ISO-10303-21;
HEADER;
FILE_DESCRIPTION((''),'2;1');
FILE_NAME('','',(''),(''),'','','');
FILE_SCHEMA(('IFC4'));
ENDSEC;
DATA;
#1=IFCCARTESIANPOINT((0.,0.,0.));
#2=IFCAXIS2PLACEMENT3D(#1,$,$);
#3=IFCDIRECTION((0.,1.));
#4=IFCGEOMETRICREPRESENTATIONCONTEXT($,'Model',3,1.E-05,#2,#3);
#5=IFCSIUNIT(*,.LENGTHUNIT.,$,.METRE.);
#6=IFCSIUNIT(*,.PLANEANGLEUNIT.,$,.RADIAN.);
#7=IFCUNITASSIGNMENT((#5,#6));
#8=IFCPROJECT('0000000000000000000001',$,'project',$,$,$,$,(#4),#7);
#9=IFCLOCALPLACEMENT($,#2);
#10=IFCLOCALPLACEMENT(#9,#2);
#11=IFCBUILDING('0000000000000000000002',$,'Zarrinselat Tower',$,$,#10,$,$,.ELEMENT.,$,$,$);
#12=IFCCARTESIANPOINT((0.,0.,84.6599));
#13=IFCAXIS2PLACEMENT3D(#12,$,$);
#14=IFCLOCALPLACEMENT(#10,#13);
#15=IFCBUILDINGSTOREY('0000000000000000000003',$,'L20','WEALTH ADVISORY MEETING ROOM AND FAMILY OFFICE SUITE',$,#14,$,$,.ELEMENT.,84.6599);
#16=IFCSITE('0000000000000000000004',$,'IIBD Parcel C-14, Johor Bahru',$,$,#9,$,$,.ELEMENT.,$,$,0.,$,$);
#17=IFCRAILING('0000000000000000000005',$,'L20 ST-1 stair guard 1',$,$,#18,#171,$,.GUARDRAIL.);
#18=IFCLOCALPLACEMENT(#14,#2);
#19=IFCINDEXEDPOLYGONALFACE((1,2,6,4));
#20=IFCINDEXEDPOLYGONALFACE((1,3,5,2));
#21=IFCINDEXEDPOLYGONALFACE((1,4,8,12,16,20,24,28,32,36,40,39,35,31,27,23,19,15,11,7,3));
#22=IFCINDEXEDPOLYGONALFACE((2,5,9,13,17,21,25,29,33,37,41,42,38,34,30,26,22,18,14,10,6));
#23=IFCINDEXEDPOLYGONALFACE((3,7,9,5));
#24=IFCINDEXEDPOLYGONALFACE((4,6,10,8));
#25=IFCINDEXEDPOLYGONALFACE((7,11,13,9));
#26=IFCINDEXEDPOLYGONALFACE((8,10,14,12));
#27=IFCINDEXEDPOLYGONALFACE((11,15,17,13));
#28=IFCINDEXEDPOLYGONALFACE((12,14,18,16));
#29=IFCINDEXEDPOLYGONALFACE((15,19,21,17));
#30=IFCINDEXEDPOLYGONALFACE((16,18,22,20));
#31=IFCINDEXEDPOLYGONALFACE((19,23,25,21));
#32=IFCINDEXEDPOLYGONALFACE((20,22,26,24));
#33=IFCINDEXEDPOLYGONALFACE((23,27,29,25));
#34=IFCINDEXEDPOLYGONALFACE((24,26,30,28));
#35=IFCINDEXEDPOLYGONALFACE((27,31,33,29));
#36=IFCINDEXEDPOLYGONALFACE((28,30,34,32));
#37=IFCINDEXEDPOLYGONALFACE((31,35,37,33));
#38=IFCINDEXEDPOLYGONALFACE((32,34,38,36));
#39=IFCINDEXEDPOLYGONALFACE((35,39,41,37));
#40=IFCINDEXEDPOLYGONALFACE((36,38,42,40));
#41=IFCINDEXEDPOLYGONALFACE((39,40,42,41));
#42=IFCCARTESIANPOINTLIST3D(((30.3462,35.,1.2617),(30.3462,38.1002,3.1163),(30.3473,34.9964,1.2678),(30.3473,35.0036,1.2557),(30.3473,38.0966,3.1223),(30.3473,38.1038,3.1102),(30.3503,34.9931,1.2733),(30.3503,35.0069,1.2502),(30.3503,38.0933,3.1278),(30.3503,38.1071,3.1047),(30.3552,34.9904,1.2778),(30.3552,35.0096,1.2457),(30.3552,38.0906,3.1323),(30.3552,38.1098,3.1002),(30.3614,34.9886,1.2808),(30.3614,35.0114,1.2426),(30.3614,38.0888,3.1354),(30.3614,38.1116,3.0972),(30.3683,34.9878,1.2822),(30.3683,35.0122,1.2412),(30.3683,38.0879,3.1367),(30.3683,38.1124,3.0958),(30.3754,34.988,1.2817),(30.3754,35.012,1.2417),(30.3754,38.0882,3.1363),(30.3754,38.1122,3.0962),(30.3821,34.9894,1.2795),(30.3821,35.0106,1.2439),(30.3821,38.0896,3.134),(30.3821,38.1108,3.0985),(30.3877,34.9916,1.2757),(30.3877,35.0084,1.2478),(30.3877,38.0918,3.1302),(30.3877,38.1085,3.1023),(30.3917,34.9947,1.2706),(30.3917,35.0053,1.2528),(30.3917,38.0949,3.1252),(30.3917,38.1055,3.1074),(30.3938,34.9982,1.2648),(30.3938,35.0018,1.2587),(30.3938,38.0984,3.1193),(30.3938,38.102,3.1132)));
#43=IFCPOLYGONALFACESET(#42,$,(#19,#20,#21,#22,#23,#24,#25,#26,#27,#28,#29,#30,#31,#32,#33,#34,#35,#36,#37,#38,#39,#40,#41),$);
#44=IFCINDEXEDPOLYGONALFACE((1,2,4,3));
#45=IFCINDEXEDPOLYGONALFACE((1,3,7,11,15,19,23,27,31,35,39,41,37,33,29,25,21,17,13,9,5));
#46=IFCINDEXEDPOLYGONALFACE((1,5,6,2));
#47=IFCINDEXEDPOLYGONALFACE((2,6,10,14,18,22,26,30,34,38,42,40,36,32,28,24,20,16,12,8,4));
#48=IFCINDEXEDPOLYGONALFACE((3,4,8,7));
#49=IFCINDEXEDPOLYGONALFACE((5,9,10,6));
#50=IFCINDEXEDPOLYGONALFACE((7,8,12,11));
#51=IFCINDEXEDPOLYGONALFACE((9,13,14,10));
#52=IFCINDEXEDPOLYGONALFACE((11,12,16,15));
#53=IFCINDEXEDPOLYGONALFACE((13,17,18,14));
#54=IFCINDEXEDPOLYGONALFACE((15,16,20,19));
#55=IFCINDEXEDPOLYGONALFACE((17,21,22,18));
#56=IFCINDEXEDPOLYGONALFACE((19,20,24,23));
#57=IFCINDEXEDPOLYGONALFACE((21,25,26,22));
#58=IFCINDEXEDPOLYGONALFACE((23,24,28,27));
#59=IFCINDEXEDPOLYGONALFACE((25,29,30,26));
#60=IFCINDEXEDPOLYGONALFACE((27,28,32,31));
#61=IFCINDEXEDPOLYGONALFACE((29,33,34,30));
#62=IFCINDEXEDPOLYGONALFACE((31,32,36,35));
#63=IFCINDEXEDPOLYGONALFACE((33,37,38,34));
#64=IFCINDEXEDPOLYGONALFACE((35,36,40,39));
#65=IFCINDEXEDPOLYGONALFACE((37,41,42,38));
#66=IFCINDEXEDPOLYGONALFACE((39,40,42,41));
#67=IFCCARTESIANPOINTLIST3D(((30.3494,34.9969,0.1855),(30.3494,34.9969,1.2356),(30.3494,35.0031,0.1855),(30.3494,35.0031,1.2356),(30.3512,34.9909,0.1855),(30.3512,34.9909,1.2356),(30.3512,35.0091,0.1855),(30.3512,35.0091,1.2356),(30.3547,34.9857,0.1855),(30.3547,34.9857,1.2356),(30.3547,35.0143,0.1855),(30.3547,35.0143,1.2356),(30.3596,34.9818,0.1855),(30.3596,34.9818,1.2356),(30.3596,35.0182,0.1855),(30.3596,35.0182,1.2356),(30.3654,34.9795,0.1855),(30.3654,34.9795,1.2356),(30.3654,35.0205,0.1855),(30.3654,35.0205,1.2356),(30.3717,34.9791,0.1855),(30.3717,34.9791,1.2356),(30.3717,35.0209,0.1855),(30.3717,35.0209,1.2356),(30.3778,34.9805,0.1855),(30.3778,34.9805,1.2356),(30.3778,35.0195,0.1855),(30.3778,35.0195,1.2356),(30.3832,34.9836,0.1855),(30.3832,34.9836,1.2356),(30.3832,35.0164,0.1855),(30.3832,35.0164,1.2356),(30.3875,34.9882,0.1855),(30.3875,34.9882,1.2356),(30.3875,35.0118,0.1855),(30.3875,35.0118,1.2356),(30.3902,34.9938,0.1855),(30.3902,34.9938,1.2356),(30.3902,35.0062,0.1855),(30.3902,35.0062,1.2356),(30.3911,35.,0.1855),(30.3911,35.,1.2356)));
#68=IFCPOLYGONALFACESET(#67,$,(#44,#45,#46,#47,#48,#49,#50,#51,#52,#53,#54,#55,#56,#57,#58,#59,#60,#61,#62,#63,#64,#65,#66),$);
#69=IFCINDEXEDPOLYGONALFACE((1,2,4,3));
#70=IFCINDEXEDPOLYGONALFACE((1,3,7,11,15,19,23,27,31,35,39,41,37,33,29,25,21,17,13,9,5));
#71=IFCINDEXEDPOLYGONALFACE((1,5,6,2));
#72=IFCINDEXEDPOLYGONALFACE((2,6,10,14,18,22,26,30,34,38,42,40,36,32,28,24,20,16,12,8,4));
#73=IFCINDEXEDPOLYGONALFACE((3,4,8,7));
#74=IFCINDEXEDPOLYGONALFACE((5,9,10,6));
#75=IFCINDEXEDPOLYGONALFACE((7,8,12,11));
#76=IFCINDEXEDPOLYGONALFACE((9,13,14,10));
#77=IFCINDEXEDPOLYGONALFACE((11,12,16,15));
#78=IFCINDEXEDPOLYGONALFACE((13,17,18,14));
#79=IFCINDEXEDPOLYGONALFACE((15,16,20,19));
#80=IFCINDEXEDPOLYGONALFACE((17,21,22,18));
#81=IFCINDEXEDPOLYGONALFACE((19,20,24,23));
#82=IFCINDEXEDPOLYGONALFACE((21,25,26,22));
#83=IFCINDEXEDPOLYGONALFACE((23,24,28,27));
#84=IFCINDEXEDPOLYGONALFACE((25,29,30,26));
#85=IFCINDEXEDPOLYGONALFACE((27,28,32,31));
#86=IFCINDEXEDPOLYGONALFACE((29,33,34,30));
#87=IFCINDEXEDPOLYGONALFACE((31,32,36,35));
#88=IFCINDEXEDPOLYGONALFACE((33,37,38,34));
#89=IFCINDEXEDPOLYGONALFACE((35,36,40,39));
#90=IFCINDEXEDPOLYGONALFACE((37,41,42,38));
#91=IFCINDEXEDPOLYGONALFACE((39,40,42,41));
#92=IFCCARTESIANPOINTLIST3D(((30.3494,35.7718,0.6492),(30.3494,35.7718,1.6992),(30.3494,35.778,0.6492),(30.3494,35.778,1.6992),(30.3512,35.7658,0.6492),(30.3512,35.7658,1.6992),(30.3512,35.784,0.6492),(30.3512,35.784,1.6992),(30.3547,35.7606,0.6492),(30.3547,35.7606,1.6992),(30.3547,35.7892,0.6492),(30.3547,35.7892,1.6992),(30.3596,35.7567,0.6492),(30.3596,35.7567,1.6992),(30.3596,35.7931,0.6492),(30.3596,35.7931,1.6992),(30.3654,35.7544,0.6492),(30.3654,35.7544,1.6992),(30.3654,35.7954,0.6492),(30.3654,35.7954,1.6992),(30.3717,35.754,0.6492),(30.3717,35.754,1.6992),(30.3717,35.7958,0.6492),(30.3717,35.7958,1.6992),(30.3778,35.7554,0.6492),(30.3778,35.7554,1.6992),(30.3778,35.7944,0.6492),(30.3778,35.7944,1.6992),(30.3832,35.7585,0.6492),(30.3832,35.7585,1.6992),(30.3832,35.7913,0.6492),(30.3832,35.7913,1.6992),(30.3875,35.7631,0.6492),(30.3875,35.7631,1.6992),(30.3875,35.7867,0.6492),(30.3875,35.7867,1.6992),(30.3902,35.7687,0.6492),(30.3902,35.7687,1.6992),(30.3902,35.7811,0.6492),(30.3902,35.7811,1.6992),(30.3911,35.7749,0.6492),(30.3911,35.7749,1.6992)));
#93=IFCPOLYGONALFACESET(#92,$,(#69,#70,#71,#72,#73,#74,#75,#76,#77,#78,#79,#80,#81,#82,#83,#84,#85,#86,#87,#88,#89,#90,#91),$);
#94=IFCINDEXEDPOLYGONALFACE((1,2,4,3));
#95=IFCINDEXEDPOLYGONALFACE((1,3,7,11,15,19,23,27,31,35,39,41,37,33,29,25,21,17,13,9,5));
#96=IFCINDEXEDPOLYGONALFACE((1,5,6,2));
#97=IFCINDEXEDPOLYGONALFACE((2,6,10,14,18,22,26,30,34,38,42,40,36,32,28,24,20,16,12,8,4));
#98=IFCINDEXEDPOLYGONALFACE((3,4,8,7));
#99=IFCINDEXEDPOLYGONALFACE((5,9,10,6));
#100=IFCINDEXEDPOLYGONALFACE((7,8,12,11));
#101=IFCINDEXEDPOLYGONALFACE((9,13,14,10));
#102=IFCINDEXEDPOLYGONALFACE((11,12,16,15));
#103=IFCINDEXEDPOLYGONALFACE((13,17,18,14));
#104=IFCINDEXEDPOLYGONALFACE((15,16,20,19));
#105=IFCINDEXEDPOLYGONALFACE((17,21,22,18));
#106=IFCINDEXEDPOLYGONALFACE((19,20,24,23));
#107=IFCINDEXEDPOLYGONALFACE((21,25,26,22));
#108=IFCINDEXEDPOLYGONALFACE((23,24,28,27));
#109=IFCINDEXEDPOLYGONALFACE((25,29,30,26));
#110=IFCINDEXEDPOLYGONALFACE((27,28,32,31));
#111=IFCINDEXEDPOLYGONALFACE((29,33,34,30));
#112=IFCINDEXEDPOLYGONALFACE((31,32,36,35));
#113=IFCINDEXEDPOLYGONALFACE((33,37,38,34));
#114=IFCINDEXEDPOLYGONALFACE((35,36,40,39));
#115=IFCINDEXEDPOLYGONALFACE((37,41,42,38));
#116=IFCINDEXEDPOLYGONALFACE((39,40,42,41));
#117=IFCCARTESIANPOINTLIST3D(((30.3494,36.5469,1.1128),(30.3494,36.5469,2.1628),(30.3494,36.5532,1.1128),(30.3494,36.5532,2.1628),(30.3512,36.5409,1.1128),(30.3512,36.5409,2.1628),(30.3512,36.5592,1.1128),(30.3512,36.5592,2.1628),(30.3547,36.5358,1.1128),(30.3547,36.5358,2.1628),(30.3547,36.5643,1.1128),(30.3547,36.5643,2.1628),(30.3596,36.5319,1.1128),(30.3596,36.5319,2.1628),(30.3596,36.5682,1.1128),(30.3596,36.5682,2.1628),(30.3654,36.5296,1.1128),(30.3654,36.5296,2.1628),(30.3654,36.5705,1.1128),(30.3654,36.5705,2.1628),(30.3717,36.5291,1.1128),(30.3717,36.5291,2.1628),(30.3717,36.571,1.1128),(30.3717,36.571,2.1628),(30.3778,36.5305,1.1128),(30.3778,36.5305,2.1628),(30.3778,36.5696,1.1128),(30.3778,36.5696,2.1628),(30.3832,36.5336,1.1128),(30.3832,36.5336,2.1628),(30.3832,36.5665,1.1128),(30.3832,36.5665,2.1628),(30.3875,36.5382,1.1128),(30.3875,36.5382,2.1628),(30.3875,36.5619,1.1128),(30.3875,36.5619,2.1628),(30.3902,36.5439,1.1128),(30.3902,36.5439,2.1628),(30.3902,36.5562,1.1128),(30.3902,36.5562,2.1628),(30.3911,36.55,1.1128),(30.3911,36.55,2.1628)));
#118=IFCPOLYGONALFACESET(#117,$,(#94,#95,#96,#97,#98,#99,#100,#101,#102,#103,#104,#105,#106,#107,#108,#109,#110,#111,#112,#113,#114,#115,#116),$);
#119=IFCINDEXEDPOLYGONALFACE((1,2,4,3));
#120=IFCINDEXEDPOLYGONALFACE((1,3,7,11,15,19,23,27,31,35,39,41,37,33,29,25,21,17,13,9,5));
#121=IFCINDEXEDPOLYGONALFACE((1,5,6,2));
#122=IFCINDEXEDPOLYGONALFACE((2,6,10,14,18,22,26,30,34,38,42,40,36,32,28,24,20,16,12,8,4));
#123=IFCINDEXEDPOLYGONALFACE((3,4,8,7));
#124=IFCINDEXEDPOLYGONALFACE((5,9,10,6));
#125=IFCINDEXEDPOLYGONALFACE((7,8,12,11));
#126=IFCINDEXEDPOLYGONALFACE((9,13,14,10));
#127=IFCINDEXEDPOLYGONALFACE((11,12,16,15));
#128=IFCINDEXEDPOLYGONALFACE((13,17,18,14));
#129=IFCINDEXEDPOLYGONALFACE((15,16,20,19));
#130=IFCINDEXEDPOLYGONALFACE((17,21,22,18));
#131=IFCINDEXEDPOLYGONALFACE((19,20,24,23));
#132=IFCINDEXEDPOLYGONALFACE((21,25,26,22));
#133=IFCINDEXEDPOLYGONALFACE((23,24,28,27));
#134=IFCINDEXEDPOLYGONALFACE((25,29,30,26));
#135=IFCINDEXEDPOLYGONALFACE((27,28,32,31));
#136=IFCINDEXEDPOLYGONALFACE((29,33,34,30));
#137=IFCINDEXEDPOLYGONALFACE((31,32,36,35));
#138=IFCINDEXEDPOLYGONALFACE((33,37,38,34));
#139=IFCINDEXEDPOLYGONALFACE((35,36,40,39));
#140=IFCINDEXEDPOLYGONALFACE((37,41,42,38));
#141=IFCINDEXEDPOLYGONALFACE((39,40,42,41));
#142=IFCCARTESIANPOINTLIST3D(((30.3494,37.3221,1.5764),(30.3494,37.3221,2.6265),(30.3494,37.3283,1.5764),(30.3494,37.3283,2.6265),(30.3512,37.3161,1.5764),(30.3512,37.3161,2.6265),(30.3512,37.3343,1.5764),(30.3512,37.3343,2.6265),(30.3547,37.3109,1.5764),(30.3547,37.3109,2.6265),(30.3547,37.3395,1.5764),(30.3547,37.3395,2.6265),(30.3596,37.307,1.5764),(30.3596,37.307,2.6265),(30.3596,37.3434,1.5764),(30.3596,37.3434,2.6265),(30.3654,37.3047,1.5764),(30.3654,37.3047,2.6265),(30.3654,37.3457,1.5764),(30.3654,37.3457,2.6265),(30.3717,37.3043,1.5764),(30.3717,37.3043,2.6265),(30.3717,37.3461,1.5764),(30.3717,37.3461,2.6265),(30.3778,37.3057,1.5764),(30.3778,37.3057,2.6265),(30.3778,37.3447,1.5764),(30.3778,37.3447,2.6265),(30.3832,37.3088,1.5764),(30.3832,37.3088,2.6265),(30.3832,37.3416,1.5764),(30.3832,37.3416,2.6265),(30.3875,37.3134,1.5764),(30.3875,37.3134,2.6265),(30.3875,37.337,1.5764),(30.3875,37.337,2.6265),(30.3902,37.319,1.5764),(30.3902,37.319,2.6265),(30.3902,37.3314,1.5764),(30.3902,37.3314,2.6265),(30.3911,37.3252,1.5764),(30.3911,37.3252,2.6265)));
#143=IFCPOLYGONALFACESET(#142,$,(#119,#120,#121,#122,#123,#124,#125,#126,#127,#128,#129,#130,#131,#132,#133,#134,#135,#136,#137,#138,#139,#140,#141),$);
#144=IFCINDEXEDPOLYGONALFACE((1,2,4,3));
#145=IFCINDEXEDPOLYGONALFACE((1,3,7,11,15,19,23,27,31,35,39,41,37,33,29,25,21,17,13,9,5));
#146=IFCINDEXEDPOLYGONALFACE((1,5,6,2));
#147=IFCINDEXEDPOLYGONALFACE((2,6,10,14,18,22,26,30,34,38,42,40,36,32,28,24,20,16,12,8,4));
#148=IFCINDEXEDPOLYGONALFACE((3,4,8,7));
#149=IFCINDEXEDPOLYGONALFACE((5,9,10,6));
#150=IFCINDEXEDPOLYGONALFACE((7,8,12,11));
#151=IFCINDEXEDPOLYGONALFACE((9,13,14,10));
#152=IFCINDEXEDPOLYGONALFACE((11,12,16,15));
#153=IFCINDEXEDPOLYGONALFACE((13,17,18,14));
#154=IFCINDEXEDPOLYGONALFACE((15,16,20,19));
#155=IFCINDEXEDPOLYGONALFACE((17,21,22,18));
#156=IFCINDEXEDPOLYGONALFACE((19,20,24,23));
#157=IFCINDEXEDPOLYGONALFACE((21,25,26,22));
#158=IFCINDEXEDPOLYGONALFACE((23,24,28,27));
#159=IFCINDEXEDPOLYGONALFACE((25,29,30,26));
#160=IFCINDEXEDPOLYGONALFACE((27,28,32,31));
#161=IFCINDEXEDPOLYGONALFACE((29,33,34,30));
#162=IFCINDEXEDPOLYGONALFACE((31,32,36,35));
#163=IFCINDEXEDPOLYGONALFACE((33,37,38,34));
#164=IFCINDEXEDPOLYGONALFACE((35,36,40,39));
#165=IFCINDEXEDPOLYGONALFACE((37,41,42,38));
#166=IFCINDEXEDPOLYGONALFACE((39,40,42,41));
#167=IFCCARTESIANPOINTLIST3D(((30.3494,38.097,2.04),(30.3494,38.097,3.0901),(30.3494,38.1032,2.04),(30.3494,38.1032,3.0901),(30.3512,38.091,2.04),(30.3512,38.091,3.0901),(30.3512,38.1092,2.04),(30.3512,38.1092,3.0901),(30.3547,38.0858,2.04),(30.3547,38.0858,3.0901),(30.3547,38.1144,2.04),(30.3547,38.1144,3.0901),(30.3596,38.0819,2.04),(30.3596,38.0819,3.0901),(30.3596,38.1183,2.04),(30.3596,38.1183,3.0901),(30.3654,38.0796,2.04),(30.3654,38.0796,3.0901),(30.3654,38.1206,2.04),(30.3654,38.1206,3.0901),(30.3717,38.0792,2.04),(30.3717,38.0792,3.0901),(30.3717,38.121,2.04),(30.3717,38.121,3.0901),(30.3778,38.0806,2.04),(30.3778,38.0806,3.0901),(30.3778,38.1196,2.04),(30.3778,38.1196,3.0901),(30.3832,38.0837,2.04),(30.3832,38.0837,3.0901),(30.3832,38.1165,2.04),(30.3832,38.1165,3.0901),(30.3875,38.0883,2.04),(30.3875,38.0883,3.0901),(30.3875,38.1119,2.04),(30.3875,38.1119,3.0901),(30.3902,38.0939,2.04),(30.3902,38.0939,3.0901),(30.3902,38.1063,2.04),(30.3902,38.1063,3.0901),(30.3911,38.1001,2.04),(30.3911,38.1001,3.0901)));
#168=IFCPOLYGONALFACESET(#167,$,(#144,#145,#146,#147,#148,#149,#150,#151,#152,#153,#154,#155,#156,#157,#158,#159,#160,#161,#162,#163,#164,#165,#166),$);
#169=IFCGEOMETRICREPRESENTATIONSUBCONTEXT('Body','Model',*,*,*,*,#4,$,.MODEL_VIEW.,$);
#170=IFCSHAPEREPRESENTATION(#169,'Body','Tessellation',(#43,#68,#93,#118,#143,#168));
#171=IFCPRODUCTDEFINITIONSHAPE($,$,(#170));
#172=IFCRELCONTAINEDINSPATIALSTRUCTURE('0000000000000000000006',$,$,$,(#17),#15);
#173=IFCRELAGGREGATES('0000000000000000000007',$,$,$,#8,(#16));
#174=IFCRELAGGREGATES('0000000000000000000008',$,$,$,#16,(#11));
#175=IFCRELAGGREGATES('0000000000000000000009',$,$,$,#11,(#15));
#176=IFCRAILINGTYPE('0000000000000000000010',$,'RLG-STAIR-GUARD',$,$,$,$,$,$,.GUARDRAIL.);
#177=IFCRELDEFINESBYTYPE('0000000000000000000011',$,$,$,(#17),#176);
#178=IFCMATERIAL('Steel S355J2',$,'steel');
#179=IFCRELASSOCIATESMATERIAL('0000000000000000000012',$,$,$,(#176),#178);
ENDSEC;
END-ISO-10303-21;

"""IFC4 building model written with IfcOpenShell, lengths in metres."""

from ifc_helpers import new_model, si_unit, direction, frame, origin, origin_2d, place, context, subcontext, project, spatial, circle, extrude, material, type_object, element, save


model = new_model("IFC4")

# Units and contexts
model_context = context("Model", 3, precision=1e-05, world=origin(), true_north=direction((0.0, 1.0)))
body_context = subcontext(model_context, "Body", "Model", "MODEL_VIEW")
ifc_project = project(units=[si_unit("LENGTHUNIT", "METRE"), si_unit("PLANEANGLEUNIT", "RADIAN")], contexts=[model_context])

# Site, building, storey
site_placement = place(None, origin())
site = spatial("IfcSite", under=ifc_project, at=site_placement, Name="IIBD Parcel C-14, Johor Bahru", CompositionType="ELEMENT", RefElevation=0.0)
building_placement = place(site_placement, origin())
building = spatial("IfcBuilding", under=site, at=building_placement, Name="Zarrinselat Tower", CompositionType="ELEMENT")
storey_placement = place(building_placement, frame((0.0, 0.0, 84.6599)))
storey = spatial("IfcBuildingStorey", under=building, at=storey_placement, Name="L20", Description="WEALTH ADVISORY MEETING ROOM AND FAMILY OFFICE SUITE", CompositionType="ELEMENT", Elevation=84.6599)

# Railing
ifc_material_1 = material(Name="Steel S355J2", Category="steel")
railing_type_1 = type_object("IfcRailingType", Name="RLG-STAIR-GUARD", PredefinedType="GUARDRAIL", material=ifc_material_1)
railing_1_placement = place(storey_placement, frame((30.3701, 35.0, 0.1855)))
element("IfcRailing", 1, at=railing_1_placement, inside=storey, type_object=railing_type_1, Name="L20 ST-1 stair guard 1", PredefinedType="GUARDRAIL", context=body_context, shape_type="SweptSolid", body=[
    extrude(circle(Radius=0.0239, at=origin_2d()), frame((0.0, 0.0, 1.0762), z_axis=(0.0, 0.858172, 0.513362), x_axis=(-1.0, 0.0, 0.0)), (0.0, 0.0, 1.0), 3.6125),
    extrude(circle(Radius=0.021, at=origin_2d()), origin(), (0.0, 0.0, 1.0), 1.05),
    extrude(circle(Radius=0.021, at=origin_2d()), frame((0.0, 0.7749, 0.4636)), (0.0, 0.0, 1.0), 1.05),
    extrude(circle(Radius=0.021, at=origin_2d()), frame((0.0, 1.55, 0.9272)), (0.0, 0.0, 1.0), 1.05),
    extrude(circle(Radius=0.021, at=origin_2d()), frame((0.0, 2.3252, 1.3909)), (0.0, 0.0, 1.0), 1.05),
    extrude(circle(Radius=0.021, at=origin_2d()), frame((0.0, 3.1001, 1.8545)), (0.0, 0.0, 1.0), 1.05),
])

save(model, "model.ifc")
